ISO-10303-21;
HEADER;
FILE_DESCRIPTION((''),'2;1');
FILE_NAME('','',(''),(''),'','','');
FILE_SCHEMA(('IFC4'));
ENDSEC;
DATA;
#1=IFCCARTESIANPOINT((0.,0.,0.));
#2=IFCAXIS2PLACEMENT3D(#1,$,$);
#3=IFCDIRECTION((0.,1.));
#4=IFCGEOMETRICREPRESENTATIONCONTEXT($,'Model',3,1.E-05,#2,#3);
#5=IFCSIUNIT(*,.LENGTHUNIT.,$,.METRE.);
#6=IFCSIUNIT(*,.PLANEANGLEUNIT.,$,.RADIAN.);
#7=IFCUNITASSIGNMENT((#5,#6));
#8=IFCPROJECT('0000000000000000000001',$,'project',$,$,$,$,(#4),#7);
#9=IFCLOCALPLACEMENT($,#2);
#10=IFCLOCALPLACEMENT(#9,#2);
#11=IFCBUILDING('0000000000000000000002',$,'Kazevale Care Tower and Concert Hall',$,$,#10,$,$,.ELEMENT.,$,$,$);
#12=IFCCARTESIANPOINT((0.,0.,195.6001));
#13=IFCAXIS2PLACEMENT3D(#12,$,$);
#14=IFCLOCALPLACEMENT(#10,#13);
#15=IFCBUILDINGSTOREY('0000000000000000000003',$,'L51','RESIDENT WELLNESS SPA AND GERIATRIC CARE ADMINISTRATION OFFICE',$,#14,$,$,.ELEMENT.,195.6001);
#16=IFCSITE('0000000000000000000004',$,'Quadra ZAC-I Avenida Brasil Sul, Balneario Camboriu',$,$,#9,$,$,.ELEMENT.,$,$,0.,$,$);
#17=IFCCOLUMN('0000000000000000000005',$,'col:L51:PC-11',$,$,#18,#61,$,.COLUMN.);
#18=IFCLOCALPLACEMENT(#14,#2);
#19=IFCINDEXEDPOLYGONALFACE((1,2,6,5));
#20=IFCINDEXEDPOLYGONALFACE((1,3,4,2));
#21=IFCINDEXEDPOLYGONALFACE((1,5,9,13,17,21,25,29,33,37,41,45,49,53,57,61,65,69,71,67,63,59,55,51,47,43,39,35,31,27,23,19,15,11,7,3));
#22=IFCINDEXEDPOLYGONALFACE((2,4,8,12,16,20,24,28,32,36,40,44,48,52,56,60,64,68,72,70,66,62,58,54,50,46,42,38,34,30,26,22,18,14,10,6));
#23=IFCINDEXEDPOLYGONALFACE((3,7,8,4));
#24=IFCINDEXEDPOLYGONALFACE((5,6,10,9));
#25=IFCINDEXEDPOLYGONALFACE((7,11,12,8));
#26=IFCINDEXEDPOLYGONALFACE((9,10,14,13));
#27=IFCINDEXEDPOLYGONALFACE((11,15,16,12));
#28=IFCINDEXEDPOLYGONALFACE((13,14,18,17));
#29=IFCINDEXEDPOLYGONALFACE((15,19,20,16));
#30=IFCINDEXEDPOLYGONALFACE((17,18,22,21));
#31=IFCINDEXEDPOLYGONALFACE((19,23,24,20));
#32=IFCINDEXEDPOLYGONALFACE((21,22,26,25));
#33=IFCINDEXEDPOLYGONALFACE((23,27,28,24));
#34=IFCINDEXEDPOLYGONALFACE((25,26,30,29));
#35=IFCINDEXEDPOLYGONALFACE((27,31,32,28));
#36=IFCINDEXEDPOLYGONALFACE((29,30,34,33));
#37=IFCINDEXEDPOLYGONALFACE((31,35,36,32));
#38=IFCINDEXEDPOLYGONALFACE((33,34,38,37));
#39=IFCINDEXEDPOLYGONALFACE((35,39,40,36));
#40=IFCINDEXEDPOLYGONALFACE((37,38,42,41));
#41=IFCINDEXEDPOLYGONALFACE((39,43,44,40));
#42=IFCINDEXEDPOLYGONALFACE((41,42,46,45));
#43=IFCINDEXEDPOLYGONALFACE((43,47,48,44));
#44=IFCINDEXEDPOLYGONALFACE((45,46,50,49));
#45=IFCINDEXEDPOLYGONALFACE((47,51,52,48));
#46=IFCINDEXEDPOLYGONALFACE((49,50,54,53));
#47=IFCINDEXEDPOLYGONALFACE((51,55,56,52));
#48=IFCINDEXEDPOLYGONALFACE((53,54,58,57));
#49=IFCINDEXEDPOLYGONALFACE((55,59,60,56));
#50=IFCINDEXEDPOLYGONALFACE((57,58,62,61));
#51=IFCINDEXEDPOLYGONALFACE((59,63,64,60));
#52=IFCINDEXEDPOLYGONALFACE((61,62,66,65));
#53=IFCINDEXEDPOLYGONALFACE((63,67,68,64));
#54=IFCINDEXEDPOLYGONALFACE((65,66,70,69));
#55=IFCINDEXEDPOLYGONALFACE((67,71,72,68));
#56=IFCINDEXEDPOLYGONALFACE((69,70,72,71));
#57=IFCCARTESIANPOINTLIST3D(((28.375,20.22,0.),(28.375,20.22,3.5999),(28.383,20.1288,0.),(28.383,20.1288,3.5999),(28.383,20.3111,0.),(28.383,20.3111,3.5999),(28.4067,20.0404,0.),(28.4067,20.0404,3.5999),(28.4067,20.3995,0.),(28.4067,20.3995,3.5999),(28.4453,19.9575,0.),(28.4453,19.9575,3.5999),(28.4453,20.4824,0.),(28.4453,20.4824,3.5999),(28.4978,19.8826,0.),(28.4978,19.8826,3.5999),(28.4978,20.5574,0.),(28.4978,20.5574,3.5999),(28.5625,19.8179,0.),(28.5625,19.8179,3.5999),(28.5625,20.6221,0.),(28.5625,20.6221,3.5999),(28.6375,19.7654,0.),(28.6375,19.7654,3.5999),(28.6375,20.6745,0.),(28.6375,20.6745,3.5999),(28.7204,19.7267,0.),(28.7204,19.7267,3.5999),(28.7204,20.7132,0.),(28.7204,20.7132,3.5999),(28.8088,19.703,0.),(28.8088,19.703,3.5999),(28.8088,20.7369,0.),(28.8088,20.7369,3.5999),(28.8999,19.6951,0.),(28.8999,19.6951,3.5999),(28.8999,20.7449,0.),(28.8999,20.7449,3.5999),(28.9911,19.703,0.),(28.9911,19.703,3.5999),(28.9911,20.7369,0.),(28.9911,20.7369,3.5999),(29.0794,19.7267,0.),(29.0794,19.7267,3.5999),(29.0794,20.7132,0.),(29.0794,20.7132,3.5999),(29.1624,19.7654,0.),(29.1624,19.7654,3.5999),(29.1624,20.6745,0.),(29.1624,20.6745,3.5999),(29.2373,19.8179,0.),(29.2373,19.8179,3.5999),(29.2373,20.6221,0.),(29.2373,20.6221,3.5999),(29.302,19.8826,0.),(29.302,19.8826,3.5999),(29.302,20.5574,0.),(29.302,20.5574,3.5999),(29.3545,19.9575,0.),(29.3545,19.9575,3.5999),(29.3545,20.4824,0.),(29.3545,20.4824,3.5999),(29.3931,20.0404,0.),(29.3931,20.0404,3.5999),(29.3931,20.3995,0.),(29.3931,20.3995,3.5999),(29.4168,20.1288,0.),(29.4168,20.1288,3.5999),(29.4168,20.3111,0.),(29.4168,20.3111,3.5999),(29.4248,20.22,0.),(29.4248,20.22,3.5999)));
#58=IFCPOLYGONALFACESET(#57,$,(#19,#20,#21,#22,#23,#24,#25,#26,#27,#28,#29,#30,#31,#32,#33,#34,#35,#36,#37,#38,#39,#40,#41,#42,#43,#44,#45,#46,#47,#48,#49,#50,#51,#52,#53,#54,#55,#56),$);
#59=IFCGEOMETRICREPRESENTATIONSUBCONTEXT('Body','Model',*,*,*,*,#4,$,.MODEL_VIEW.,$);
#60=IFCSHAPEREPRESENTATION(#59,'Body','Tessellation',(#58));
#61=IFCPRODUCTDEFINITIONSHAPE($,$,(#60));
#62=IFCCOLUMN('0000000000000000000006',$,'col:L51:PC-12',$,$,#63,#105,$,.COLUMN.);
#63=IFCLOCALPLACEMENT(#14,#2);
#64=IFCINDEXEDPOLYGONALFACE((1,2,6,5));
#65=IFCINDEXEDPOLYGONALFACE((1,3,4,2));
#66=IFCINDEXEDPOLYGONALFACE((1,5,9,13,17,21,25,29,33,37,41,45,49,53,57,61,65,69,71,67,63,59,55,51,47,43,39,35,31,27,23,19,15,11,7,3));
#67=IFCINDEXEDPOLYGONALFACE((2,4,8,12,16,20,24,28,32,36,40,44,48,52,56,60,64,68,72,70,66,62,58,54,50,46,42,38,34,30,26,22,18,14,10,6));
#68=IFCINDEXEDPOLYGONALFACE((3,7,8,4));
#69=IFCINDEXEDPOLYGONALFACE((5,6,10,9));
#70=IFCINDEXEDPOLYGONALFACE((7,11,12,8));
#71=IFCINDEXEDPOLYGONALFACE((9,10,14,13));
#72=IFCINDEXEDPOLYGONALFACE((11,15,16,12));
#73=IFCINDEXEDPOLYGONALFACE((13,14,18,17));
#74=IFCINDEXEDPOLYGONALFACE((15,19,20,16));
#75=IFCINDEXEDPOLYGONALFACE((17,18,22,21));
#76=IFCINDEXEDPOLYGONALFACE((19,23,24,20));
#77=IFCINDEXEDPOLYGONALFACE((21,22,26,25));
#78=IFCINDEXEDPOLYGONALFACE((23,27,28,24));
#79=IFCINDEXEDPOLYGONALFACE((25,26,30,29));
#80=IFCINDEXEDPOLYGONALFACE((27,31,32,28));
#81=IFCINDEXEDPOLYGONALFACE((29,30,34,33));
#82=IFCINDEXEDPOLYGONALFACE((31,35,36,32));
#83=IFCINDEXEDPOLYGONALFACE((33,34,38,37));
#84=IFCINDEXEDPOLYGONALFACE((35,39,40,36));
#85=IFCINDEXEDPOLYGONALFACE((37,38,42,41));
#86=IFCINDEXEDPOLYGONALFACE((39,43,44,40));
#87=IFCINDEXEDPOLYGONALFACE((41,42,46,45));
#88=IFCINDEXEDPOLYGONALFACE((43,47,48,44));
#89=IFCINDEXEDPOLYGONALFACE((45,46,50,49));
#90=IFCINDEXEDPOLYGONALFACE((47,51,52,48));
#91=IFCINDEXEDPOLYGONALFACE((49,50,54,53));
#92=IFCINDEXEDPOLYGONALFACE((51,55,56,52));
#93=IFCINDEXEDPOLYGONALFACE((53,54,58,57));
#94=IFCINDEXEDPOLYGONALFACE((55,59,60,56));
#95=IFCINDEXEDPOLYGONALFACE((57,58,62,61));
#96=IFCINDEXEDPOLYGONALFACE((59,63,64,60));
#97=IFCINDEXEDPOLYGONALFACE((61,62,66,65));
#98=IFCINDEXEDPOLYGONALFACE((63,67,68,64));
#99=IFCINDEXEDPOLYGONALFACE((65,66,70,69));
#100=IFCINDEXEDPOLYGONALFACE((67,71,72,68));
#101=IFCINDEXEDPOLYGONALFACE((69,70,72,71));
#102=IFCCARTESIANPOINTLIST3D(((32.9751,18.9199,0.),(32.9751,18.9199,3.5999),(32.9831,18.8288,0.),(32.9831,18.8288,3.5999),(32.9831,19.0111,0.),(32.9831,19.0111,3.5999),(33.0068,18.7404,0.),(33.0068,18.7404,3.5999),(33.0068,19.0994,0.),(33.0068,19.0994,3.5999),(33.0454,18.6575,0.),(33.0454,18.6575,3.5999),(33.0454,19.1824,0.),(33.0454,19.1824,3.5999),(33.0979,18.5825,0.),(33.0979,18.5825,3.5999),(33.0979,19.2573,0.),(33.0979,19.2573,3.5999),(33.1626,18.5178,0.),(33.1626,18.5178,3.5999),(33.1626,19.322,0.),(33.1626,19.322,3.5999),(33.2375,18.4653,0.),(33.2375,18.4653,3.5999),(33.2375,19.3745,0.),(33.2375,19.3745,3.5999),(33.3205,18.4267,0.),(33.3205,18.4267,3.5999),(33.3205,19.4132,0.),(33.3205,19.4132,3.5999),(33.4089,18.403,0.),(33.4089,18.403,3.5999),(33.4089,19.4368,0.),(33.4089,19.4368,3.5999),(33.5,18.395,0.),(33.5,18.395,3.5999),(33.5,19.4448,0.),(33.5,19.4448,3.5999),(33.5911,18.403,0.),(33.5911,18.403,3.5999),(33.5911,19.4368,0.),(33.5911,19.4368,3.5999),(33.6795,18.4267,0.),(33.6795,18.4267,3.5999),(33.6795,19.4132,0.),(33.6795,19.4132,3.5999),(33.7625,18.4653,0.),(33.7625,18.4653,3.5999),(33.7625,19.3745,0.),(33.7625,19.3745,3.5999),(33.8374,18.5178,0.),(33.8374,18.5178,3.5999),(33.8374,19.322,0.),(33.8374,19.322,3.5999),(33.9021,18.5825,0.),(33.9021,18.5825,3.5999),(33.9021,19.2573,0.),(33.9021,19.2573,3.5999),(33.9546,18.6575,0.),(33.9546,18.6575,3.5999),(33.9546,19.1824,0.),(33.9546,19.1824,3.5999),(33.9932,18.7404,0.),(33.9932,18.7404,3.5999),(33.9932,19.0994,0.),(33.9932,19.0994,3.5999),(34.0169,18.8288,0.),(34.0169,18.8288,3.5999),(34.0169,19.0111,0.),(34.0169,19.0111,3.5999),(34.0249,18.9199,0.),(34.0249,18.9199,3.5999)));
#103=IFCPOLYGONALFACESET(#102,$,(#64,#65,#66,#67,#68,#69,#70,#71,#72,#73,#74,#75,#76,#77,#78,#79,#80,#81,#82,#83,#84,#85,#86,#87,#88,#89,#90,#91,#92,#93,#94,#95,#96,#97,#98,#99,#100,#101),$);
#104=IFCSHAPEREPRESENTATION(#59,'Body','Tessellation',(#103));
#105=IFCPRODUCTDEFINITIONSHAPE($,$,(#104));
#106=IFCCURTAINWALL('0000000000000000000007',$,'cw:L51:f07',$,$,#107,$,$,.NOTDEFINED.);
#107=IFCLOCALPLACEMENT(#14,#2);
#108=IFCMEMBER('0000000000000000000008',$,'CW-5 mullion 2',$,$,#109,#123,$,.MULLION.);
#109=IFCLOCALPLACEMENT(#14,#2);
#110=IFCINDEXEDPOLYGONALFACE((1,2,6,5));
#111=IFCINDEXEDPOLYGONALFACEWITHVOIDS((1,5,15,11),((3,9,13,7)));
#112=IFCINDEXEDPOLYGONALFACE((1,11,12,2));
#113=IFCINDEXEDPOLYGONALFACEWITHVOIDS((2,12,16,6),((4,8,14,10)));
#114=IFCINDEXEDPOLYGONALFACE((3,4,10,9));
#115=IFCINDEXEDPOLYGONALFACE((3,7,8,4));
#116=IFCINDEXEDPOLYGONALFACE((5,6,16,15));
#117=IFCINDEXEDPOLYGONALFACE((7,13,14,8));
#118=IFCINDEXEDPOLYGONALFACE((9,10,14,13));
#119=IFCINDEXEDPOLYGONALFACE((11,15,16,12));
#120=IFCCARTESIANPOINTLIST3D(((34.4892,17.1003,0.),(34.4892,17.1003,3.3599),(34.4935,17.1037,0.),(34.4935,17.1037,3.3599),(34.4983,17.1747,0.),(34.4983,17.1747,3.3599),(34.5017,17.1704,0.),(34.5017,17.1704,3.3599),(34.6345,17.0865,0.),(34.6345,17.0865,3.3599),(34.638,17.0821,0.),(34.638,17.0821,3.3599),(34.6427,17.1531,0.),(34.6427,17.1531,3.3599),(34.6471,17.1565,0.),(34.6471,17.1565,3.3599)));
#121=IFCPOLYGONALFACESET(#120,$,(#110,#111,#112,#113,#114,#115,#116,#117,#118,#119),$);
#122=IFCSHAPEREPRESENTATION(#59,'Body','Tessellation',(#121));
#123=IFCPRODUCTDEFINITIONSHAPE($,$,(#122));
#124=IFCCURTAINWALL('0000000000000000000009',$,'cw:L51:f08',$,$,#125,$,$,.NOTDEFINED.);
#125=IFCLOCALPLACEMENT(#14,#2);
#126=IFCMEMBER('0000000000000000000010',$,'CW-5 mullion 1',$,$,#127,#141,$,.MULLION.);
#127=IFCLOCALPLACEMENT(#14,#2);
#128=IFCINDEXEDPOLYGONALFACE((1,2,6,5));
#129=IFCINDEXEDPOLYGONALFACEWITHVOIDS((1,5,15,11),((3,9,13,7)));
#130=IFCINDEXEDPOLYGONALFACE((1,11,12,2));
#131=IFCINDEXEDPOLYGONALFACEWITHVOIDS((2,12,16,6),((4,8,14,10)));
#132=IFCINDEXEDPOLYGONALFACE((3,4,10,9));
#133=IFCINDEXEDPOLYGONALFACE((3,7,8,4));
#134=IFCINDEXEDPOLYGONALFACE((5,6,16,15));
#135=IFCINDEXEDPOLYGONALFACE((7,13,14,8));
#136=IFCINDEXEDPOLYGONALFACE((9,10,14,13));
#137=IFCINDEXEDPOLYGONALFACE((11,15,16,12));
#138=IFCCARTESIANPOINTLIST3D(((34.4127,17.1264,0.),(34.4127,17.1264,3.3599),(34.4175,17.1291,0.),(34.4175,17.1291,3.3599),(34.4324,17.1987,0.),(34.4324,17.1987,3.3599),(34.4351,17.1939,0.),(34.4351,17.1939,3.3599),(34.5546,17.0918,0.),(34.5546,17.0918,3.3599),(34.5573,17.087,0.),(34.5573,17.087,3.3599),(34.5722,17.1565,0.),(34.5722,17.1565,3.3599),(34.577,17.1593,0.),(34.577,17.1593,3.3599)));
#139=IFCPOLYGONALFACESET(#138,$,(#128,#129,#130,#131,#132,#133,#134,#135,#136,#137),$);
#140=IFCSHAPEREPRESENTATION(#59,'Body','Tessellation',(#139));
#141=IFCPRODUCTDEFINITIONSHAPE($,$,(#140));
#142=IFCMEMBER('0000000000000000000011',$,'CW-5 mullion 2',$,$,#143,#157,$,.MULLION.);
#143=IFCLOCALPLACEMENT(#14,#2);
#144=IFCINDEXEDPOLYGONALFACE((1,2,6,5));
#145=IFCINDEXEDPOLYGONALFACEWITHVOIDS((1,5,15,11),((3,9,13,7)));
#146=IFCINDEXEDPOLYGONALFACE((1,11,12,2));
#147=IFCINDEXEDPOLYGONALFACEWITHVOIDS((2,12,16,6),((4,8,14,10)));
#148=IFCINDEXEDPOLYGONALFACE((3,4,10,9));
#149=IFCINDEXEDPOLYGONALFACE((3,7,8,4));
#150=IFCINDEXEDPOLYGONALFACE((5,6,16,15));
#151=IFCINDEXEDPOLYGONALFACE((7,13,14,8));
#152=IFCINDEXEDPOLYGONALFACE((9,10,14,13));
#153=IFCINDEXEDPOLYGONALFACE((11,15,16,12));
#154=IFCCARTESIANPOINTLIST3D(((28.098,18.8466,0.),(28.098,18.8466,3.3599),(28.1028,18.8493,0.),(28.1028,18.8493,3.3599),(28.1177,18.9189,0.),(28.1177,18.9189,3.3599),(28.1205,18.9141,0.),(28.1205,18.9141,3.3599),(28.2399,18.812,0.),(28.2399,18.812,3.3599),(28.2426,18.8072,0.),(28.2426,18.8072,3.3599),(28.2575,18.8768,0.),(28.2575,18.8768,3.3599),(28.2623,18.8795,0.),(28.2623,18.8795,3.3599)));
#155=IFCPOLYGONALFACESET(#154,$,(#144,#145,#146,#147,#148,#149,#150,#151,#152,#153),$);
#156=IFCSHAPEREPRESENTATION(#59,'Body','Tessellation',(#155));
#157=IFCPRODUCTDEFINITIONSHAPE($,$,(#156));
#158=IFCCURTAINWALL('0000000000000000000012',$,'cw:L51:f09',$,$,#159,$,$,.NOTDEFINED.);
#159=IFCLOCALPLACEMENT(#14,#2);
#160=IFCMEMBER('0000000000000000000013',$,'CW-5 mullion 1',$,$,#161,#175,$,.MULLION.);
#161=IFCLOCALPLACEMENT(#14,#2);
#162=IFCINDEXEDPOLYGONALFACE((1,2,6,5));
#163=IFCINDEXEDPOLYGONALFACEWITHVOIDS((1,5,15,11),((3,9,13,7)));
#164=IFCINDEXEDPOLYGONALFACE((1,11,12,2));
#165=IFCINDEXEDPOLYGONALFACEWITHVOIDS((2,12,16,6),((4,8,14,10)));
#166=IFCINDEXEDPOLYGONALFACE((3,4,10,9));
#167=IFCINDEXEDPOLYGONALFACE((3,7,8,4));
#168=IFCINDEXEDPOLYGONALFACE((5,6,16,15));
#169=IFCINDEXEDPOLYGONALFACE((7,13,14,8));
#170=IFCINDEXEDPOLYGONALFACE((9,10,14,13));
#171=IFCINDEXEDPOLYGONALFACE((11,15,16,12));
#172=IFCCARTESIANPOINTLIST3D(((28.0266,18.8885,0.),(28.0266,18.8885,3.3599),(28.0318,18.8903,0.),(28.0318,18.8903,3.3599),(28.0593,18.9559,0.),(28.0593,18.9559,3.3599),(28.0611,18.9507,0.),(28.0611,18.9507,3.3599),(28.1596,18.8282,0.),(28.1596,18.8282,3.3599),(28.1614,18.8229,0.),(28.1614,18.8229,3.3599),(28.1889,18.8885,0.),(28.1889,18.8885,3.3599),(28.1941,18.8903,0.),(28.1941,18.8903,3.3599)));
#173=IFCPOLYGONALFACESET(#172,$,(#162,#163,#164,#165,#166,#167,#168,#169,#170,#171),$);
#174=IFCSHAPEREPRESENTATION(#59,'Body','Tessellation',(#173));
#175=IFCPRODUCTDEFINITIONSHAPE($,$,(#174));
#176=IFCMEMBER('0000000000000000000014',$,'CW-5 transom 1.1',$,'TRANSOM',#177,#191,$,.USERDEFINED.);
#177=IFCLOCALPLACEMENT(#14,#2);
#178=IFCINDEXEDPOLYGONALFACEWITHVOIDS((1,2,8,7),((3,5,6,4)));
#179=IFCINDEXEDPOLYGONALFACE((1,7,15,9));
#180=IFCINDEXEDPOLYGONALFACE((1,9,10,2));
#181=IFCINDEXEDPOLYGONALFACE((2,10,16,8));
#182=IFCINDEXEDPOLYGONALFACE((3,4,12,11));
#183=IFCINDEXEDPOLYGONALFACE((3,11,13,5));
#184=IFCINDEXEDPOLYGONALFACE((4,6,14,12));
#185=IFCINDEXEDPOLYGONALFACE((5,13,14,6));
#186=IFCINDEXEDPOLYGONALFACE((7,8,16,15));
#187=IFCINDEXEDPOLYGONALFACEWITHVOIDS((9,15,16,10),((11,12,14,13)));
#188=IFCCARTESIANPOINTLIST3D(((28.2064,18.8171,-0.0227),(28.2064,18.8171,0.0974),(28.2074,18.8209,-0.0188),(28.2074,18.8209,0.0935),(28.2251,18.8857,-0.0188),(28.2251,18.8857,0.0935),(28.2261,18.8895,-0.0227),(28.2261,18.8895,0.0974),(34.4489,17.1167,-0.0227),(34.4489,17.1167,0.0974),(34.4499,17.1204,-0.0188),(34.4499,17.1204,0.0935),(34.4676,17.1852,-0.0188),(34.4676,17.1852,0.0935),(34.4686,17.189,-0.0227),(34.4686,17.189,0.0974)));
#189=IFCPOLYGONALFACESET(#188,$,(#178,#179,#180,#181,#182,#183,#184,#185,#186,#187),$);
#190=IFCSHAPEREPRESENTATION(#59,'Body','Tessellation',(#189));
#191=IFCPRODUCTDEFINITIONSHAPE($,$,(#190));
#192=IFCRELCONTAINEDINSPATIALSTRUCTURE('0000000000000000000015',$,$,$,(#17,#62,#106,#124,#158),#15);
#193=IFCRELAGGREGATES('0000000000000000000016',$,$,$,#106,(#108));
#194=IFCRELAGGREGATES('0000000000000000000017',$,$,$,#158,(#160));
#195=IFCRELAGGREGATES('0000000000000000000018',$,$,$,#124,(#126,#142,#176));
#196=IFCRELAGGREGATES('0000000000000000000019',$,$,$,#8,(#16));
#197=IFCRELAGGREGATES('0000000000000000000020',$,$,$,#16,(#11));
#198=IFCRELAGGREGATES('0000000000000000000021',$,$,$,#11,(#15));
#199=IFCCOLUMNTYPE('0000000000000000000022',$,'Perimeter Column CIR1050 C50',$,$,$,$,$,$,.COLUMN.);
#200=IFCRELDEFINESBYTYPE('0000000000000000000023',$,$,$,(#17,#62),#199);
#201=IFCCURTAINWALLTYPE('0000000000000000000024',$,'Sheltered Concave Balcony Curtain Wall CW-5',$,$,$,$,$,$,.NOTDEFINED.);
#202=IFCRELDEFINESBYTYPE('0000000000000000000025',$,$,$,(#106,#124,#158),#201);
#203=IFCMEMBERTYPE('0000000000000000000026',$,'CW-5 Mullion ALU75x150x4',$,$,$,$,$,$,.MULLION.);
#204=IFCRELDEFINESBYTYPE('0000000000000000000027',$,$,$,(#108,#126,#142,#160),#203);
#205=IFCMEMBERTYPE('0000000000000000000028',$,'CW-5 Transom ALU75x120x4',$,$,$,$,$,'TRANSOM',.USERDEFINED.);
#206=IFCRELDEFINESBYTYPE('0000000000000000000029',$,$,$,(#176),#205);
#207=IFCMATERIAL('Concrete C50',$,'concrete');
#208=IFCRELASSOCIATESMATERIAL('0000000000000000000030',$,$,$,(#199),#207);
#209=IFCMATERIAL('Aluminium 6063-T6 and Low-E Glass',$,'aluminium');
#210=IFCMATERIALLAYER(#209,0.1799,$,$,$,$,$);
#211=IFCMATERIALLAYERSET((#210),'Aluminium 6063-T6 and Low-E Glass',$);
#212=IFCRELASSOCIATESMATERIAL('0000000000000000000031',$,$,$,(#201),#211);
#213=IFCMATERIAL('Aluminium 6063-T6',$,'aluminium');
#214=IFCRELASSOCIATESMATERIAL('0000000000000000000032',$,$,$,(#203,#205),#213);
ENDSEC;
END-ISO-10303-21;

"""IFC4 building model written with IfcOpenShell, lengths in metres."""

from ifc_helpers import new_model, si_unit, direction, frame, origin, origin_2d, place, context, subcontext, project, spatial, hollow_rectangle, circle, extrude, material, layer, layer_set, material_profile, profile_set, type_object, element, aggregate, save


model = new_model("IFC4")

# Units and contexts
model_context = context("Model", 3, precision=1e-05, world=origin(), true_north=direction((0.0, 1.0)))
body_context = subcontext(model_context, "Body", "Model", "MODEL_VIEW")
ifc_project = project(units=[si_unit("LENGTHUNIT", "METRE"), si_unit("PLANEANGLEUNIT", "RADIAN")], contexts=[model_context])

# Site, building, storey
site_placement = place(None, origin())
site = spatial("IfcSite", under=ifc_project, at=site_placement, Name="Quadra ZAC-I Avenida Brasil Sul, Balneario Camboriu", CompositionType="ELEMENT", RefElevation=0.0)
building_placement = place(site_placement, origin())
building = spatial("IfcBuilding", under=site, at=building_placement, Name="Kazevale Care Tower and Concert Hall", CompositionType="ELEMENT")
storey_placement = place(building_placement, frame((0.0, 0.0, 195.6001)))
storey = spatial("IfcBuildingStorey", under=building, at=storey_placement, Name="L51", Description="RESIDENT WELLNESS SPA AND GERIATRIC CARE ADMINISTRATION OFFICE", CompositionType="ELEMENT", Elevation=195.6001)

# Columns
ifc_material_1 = material(Name="Concrete C50", Category="concrete")
ifc_material_profile_1 = material_profile(ifc_material_1, circle(Radius=0.5249, at=origin_2d()), Name="RC-CIR1050")
ifc_profile_set_1 = profile_set([ifc_material_profile_1], Name="Concrete C50")
column_type = type_object("IfcColumnType", Name="Perimeter Column CIR1050 C50", PredefinedType="COLUMN", material=ifc_profile_set_1)
for number, where, z_axis, x_axis, name in (
    (1, (28.8999, 20.22, 0.0), (0.0, 0.0, 1.0), (1.0, 0.0, 0.0), "col:L51:PC-11"),
    (2, (33.5, 18.9199, 0.0), (0.0, 0.0, 1.0), (1.0, 0.0, 0.0), "col:L51:PC-12"),
):
    element("IfcColumn", number, at=place(storey_placement, frame(where, z_axis=z_axis, x_axis=x_axis)), inside=storey, type_object=column_type, Name=name, PredefinedType="COLUMN", context=body_context, shape_type="SweptSolid", body=[
        extrude(circle(Radius=0.5249, at=origin_2d()), origin(), (0.0, 0.0, 1.0), 3.5999),
    ])

# Curtain wall, member
ifc_material_2 = material(Name="Aluminium 6063-T6 and Low-E Glass", Category="aluminium")
ifc_layer_1 = layer(ifc_material_2, 0.1799)
ifc_layer_set_1 = layer_set([ifc_layer_1], Name="Aluminium 6063-T6 and Low-E Glass")
curtain_wall_type = type_object("IfcCurtainWallType", Name="Sheltered Concave Balcony Curtain Wall CW-5", PredefinedType="NOTDEFINED", material=ifc_layer_set_1)
curtain_wall_1_placement = place(storey_placement, origin())
curtain_wall_1 = element("IfcCurtainWall", 3, at=curtain_wall_1_placement, inside=storey, type_object=curtain_wall_type, Name="cw:L51:f07", PredefinedType="NOTDEFINED")
ifc_material_3 = material(Name="Aluminium 6063-T6", Category="aluminium")
ifc_material_profile_2 = material_profile(ifc_material_3, hollow_rectangle(XDim=0.075, YDim=0.1499, WallThickness=0.0039, at=origin_2d()), Name="ALU75x150x4")
ifc_profile_set_2 = profile_set([ifc_material_profile_2], Name="Aluminium 6063-T6")
member_type_1 = type_object("IfcMemberType", Name="CW-5 Mullion ALU75x150x4", PredefinedType="MULLION", material=ifc_profile_set_2)
member_1_placement = place(storey_placement, frame((34.5681, 17.1284, 0.0), z_axis=(0.0, 0.0, 1.0), x_axis=(-0.121651, -0.992573, 0.0)))
member_1 = element("IfcMember", 4, at=member_1_placement, type_object=member_type_1, Name="CW-5 mullion 2", PredefinedType="MULLION", context=body_context, shape_type="SweptSolid", body=[
    extrude(hollow_rectangle(XDim=0.075, YDim=0.1499, WallThickness=0.0039, at=origin_2d()), origin(), (0.0, 0.0, 1.0), 3.3599),
])
aggregate(curtain_wall_1, [member_1])

# Curtain wall, members
curtain_wall_2_placement = place(storey_placement, origin())
curtain_wall_2 = element("IfcCurtainWall", 5, at=curtain_wall_2_placement, inside=storey, type_object=curtain_wall_type, Name="cw:L51:f08", PredefinedType="NOTDEFINED")
member_2_placement = place(storey_placement, frame((34.4949, 17.1428, 0.0), z_axis=(0.0, 0.0, 1.0), x_axis=(-0.262849, -0.964837, 0.0)))
member_2 = element("IfcMember", 6, at=member_2_placement, type_object=member_type_1, Name="CW-5 mullion 1", PredefinedType="MULLION", context=body_context, shape_type="SweptSolid", body=[
    extrude(hollow_rectangle(XDim=0.075, YDim=0.1499, WallThickness=0.0039, at=origin_2d()), origin(), (0.0, 0.0, 1.0), 3.3599),
])
member_3_placement = place(storey_placement, frame((28.1802, 18.863, 0.0), z_axis=(0.0, 0.0, 1.0), x_axis=(-0.262849, -0.964837, 0.0)))
member_3 = element("IfcMember", 7, at=member_3_placement, type_object=member_type_1, Name="CW-5 mullion 2", PredefinedType="MULLION", context=body_context, shape_type="SweptSolid", body=[
    extrude(hollow_rectangle(XDim=0.075, YDim=0.1499, WallThickness=0.0039, at=origin_2d()), origin(), (0.0, 0.0, 1.0), 3.3599),
])

# Curtain wall, member
curtain_wall_3_placement = place(storey_placement, origin())
curtain_wall_3 = element("IfcCurtainWall", 8, at=curtain_wall_3_placement, inside=storey, type_object=curtain_wall_type, Name="cw:L51:f09", PredefinedType="NOTDEFINED")
member_4_placement = place(storey_placement, frame((28.1104, 18.8894, 0.0), z_axis=(0.0, 0.0, 1.0), x_axis=(-0.437238, -0.899346, 0.0)))
member_4 = element("IfcMember", 9, at=member_4_placement, type_object=member_type_1, Name="CW-5 mullion 1", PredefinedType="MULLION", context=body_context, shape_type="SweptSolid", body=[
    extrude(hollow_rectangle(XDim=0.075, YDim=0.1499, WallThickness=0.0039, at=origin_2d()), origin(), (0.0, 0.0, 1.0), 3.3599),
])

# Member
ifc_material_profile_3 = material_profile(ifc_material_3, hollow_rectangle(XDim=0.075, YDim=0.1201, WallThickness=0.0039, at=origin_2d()), Name="ALU75x120x4")
ifc_profile_set_3 = profile_set([ifc_material_profile_3], Name="Aluminium 6063-T6")
member_type_2 = type_object("IfcMemberType", Name="CW-5 Transom ALU75x120x4", ElementType="TRANSOM", PredefinedType="USERDEFINED", material=ifc_profile_set_3)
member_5_placement = place(storey_placement, frame((34.4587, 17.1528, 0.0374), z_axis=(-0.964844, 0.262824, 0.0), x_axis=(-0.262824, -0.964844, 0.0)))
member_5 = element("IfcMember", 10, at=member_5_placement, type_object=member_type_2, Name="CW-5 transom 1.1", ObjectType="TRANSOM", PredefinedType="USERDEFINED", context=body_context, shape_type="SweptSolid", body=[
    extrude(hollow_rectangle(XDim=0.075, YDim=0.1201, WallThickness=0.0039, at=origin_2d()), origin(), (0.0, 0.0, 1.0), 6.47),
])
aggregate(curtain_wall_3, [member_4])

aggregate(curtain_wall_2, [member_2, member_3, member_5])

save(model, "model.ifc")
